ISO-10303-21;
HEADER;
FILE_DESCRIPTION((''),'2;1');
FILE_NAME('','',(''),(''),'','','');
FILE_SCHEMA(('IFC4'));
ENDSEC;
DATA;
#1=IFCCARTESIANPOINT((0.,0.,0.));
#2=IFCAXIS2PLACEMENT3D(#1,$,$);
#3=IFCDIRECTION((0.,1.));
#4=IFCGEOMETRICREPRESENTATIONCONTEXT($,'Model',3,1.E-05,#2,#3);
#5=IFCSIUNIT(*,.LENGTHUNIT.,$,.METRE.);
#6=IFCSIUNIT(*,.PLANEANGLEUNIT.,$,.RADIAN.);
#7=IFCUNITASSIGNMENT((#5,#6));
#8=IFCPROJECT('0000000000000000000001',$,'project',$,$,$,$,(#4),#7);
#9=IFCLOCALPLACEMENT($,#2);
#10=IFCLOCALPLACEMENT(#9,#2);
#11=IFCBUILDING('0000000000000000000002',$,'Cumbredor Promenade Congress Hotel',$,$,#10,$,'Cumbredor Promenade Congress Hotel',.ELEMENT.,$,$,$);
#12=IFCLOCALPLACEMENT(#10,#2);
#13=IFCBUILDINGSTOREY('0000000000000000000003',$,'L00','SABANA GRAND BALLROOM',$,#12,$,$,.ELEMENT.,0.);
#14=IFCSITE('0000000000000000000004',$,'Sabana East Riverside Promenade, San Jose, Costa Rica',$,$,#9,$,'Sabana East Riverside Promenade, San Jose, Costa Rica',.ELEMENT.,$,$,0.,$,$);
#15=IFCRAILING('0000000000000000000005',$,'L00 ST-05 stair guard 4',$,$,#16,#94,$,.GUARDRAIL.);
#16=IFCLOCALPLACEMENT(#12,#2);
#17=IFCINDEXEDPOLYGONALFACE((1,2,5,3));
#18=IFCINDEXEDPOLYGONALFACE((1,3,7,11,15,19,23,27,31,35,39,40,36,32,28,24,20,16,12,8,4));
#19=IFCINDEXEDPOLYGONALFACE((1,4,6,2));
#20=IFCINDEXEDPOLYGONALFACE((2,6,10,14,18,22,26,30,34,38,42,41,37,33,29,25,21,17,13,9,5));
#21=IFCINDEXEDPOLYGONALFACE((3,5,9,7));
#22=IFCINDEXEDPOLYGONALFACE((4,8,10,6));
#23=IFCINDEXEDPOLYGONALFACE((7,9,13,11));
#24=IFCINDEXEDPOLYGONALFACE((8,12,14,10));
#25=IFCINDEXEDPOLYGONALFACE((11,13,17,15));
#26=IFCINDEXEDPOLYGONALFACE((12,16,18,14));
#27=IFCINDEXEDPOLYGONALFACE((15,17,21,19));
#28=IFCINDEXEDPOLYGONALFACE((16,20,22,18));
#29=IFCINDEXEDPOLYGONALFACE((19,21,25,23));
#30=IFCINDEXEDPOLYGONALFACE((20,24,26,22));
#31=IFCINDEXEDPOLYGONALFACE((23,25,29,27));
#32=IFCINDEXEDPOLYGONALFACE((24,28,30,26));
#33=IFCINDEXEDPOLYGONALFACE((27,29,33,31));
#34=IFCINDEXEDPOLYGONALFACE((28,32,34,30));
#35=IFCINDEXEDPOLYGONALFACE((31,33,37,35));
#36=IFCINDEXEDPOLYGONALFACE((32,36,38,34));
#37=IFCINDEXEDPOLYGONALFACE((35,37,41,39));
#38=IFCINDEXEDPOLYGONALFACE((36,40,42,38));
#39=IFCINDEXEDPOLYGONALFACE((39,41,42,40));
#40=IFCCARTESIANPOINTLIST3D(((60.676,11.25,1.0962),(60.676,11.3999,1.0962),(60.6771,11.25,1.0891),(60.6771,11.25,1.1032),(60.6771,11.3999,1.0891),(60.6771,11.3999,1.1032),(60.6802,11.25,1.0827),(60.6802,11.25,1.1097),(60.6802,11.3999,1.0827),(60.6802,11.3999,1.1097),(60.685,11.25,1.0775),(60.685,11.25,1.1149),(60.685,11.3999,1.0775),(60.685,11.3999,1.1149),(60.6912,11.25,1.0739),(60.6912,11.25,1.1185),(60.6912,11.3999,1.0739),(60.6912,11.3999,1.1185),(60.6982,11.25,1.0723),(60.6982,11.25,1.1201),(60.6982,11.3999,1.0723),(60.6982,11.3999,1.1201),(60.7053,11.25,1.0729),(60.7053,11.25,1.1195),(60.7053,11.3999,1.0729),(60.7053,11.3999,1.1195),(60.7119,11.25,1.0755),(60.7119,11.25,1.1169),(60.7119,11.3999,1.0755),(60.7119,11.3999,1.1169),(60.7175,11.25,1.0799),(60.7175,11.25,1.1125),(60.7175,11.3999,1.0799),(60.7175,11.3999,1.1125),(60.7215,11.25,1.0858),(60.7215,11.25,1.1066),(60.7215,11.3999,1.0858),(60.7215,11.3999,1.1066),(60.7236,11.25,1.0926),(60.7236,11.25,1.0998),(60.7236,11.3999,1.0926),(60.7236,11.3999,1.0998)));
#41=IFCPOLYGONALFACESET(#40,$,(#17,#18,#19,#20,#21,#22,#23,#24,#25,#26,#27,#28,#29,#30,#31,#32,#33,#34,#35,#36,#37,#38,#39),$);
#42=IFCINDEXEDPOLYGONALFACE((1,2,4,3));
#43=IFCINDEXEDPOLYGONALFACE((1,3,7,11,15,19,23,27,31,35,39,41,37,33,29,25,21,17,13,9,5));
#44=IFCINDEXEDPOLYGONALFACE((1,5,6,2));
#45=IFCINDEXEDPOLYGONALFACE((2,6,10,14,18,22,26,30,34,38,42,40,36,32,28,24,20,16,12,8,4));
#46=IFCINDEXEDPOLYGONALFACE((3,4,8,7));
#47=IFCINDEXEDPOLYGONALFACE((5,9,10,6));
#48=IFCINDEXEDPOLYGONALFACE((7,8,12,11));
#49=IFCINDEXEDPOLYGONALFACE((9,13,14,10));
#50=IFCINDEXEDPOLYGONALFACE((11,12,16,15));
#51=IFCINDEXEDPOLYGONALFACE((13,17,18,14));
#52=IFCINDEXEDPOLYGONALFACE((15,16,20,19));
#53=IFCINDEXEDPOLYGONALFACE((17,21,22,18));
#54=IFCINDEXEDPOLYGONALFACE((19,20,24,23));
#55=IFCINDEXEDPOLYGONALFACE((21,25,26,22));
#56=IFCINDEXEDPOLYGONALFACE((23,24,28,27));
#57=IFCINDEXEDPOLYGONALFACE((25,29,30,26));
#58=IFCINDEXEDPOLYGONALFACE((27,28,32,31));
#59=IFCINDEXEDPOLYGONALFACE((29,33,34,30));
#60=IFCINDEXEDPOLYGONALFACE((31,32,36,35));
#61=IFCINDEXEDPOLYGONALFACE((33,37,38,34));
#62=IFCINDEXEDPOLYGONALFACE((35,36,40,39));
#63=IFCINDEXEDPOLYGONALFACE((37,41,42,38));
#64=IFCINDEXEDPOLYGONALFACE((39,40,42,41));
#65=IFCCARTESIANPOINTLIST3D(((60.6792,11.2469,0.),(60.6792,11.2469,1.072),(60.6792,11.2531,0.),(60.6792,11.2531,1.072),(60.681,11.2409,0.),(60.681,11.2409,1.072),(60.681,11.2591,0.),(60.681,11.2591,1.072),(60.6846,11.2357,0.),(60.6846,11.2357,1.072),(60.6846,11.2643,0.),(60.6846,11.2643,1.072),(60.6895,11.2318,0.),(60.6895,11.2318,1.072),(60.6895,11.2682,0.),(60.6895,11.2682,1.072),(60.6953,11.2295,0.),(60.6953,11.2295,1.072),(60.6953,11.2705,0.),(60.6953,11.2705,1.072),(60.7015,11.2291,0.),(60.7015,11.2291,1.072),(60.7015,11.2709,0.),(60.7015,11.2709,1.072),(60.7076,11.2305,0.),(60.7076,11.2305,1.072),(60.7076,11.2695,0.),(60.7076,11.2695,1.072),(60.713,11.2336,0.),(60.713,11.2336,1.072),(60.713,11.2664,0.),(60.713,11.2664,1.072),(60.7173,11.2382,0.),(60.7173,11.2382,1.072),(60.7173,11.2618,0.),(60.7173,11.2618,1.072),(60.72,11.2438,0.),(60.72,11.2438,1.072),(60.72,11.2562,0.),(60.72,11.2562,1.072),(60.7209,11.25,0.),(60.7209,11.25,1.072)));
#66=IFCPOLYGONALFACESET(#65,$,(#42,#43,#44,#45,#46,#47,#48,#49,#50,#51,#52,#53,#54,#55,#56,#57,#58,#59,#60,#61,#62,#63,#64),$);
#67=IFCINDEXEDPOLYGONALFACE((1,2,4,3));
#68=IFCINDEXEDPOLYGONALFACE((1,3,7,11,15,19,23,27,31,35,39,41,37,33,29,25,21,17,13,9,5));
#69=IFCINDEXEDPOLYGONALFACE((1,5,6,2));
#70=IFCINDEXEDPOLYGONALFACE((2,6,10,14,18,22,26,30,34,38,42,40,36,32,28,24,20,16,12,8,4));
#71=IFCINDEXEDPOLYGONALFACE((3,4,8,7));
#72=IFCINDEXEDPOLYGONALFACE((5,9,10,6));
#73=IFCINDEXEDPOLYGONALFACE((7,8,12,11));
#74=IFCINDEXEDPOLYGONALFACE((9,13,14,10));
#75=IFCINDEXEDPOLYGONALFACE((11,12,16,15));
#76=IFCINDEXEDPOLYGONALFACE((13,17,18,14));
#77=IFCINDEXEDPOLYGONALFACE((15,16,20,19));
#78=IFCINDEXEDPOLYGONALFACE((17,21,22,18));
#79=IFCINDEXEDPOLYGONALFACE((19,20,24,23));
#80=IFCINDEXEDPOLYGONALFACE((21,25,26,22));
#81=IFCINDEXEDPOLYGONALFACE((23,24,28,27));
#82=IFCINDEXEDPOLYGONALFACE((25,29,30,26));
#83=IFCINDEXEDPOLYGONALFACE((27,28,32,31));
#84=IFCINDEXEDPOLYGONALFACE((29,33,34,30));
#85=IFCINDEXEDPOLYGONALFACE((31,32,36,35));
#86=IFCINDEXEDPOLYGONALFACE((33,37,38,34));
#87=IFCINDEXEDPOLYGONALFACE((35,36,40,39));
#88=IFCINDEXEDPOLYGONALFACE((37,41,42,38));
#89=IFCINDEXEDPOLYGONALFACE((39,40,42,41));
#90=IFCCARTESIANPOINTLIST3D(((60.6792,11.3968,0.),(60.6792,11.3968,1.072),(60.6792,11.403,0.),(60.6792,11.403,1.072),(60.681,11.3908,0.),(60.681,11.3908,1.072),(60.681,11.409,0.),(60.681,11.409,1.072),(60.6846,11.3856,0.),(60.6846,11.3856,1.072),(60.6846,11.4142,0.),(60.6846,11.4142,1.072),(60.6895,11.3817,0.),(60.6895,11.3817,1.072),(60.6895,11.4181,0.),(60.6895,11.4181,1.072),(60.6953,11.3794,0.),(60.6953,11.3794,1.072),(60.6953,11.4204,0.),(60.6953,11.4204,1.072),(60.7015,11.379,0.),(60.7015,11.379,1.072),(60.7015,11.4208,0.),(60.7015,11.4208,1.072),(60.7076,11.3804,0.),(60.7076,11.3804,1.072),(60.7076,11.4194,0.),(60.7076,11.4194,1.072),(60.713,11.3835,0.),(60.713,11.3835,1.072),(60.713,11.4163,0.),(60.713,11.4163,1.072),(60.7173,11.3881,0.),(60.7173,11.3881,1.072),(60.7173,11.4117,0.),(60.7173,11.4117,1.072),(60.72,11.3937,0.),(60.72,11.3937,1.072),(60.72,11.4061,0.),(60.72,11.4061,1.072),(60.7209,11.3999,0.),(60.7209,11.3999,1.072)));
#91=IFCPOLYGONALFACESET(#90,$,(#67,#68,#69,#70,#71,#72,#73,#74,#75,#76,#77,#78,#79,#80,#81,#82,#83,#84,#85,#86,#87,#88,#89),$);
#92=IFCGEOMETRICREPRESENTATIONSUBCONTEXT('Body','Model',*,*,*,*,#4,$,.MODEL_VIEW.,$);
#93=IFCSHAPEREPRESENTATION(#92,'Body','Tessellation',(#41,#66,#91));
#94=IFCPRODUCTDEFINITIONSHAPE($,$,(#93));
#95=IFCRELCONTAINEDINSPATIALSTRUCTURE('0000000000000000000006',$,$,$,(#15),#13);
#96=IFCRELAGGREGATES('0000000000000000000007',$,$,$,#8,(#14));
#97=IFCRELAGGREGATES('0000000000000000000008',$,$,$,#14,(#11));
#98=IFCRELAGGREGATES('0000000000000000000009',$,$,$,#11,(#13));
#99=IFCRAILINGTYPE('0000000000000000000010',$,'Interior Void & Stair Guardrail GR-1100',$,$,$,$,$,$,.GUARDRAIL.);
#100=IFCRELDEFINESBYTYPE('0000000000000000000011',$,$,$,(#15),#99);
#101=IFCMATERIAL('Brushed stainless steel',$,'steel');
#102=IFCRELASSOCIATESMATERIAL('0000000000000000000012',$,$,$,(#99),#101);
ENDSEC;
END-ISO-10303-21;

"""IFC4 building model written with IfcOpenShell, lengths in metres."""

from ifc_helpers import new_model, si_unit, direction, frame, origin, origin_2d, place, context, subcontext, project, spatial, circle, extrude, material, type_object, element, save


model = new_model("IFC4")

# Units and contexts
model_context = context("Model", 3, precision=1e-05, world=origin(), true_north=direction((0.0, 1.0)))
body_context = subcontext(model_context, "Body", "Model", "MODEL_VIEW")
ifc_project = project(units=[si_unit("LENGTHUNIT", "METRE"), si_unit("PLANEANGLEUNIT", "RADIAN")], contexts=[model_context])

# Site, building, storey
site_placement = place(None, origin())
site = spatial("IfcSite", under=ifc_project, at=site_placement, Name="Sabana East Riverside Promenade, San Jose, Costa Rica", LongName="Sabana East Riverside Promenade, San Jose, Costa Rica", CompositionType="ELEMENT", RefElevation=0.0)
building_placement = place(site_placement, origin())
building = spatial("IfcBuilding", under=site, at=building_placement, Name="Cumbredor Promenade Congress Hotel", LongName="Cumbredor Promenade Congress Hotel", CompositionType="ELEMENT")
storey_placement = place(building_placement, origin())
storey = spatial("IfcBuildingStorey", under=building, at=storey_placement, Name="L00", Description="SABANA GRAND BALLROOM", CompositionType="ELEMENT", Elevation=0.0)

# Railing
ifc_material_1 = material(Name="Brushed stainless steel", Category="steel")
railing_type_1 = type_object("IfcRailingType", Name="Interior Void & Stair Guardrail GR-1100", PredefinedType="GUARDRAIL", material=ifc_material_1)
railing_1_placement = place(storey_placement, frame((60.7, 11.25, 0.0)))
element("IfcRailing", 1, at=railing_1_placement, inside=storey, type_object=railing_type_1, Name="L00 ST-05 stair guard 4", PredefinedType="GUARDRAIL", context=body_context, shape_type="SweptSolid", body=[
    extrude(circle(Radius=0.0239, at=origin_2d()), frame((0.0, 0.0, 1.0962), z_axis=(0.0, 1.0, 0.0), x_axis=(-1.0, 0.0, 0.0)), (0.0, 0.0, 1.0), 0.1499),
    extrude(circle(Radius=0.021, at=origin_2d()), origin(), (0.0, 0.0, 1.0), 1.072),
    extrude(circle(Radius=0.021, at=origin_2d()), frame((0.0, 0.1499, 0.0)), (0.0, 0.0, 1.0), 1.072),
])

save(model, "model.ifc")
